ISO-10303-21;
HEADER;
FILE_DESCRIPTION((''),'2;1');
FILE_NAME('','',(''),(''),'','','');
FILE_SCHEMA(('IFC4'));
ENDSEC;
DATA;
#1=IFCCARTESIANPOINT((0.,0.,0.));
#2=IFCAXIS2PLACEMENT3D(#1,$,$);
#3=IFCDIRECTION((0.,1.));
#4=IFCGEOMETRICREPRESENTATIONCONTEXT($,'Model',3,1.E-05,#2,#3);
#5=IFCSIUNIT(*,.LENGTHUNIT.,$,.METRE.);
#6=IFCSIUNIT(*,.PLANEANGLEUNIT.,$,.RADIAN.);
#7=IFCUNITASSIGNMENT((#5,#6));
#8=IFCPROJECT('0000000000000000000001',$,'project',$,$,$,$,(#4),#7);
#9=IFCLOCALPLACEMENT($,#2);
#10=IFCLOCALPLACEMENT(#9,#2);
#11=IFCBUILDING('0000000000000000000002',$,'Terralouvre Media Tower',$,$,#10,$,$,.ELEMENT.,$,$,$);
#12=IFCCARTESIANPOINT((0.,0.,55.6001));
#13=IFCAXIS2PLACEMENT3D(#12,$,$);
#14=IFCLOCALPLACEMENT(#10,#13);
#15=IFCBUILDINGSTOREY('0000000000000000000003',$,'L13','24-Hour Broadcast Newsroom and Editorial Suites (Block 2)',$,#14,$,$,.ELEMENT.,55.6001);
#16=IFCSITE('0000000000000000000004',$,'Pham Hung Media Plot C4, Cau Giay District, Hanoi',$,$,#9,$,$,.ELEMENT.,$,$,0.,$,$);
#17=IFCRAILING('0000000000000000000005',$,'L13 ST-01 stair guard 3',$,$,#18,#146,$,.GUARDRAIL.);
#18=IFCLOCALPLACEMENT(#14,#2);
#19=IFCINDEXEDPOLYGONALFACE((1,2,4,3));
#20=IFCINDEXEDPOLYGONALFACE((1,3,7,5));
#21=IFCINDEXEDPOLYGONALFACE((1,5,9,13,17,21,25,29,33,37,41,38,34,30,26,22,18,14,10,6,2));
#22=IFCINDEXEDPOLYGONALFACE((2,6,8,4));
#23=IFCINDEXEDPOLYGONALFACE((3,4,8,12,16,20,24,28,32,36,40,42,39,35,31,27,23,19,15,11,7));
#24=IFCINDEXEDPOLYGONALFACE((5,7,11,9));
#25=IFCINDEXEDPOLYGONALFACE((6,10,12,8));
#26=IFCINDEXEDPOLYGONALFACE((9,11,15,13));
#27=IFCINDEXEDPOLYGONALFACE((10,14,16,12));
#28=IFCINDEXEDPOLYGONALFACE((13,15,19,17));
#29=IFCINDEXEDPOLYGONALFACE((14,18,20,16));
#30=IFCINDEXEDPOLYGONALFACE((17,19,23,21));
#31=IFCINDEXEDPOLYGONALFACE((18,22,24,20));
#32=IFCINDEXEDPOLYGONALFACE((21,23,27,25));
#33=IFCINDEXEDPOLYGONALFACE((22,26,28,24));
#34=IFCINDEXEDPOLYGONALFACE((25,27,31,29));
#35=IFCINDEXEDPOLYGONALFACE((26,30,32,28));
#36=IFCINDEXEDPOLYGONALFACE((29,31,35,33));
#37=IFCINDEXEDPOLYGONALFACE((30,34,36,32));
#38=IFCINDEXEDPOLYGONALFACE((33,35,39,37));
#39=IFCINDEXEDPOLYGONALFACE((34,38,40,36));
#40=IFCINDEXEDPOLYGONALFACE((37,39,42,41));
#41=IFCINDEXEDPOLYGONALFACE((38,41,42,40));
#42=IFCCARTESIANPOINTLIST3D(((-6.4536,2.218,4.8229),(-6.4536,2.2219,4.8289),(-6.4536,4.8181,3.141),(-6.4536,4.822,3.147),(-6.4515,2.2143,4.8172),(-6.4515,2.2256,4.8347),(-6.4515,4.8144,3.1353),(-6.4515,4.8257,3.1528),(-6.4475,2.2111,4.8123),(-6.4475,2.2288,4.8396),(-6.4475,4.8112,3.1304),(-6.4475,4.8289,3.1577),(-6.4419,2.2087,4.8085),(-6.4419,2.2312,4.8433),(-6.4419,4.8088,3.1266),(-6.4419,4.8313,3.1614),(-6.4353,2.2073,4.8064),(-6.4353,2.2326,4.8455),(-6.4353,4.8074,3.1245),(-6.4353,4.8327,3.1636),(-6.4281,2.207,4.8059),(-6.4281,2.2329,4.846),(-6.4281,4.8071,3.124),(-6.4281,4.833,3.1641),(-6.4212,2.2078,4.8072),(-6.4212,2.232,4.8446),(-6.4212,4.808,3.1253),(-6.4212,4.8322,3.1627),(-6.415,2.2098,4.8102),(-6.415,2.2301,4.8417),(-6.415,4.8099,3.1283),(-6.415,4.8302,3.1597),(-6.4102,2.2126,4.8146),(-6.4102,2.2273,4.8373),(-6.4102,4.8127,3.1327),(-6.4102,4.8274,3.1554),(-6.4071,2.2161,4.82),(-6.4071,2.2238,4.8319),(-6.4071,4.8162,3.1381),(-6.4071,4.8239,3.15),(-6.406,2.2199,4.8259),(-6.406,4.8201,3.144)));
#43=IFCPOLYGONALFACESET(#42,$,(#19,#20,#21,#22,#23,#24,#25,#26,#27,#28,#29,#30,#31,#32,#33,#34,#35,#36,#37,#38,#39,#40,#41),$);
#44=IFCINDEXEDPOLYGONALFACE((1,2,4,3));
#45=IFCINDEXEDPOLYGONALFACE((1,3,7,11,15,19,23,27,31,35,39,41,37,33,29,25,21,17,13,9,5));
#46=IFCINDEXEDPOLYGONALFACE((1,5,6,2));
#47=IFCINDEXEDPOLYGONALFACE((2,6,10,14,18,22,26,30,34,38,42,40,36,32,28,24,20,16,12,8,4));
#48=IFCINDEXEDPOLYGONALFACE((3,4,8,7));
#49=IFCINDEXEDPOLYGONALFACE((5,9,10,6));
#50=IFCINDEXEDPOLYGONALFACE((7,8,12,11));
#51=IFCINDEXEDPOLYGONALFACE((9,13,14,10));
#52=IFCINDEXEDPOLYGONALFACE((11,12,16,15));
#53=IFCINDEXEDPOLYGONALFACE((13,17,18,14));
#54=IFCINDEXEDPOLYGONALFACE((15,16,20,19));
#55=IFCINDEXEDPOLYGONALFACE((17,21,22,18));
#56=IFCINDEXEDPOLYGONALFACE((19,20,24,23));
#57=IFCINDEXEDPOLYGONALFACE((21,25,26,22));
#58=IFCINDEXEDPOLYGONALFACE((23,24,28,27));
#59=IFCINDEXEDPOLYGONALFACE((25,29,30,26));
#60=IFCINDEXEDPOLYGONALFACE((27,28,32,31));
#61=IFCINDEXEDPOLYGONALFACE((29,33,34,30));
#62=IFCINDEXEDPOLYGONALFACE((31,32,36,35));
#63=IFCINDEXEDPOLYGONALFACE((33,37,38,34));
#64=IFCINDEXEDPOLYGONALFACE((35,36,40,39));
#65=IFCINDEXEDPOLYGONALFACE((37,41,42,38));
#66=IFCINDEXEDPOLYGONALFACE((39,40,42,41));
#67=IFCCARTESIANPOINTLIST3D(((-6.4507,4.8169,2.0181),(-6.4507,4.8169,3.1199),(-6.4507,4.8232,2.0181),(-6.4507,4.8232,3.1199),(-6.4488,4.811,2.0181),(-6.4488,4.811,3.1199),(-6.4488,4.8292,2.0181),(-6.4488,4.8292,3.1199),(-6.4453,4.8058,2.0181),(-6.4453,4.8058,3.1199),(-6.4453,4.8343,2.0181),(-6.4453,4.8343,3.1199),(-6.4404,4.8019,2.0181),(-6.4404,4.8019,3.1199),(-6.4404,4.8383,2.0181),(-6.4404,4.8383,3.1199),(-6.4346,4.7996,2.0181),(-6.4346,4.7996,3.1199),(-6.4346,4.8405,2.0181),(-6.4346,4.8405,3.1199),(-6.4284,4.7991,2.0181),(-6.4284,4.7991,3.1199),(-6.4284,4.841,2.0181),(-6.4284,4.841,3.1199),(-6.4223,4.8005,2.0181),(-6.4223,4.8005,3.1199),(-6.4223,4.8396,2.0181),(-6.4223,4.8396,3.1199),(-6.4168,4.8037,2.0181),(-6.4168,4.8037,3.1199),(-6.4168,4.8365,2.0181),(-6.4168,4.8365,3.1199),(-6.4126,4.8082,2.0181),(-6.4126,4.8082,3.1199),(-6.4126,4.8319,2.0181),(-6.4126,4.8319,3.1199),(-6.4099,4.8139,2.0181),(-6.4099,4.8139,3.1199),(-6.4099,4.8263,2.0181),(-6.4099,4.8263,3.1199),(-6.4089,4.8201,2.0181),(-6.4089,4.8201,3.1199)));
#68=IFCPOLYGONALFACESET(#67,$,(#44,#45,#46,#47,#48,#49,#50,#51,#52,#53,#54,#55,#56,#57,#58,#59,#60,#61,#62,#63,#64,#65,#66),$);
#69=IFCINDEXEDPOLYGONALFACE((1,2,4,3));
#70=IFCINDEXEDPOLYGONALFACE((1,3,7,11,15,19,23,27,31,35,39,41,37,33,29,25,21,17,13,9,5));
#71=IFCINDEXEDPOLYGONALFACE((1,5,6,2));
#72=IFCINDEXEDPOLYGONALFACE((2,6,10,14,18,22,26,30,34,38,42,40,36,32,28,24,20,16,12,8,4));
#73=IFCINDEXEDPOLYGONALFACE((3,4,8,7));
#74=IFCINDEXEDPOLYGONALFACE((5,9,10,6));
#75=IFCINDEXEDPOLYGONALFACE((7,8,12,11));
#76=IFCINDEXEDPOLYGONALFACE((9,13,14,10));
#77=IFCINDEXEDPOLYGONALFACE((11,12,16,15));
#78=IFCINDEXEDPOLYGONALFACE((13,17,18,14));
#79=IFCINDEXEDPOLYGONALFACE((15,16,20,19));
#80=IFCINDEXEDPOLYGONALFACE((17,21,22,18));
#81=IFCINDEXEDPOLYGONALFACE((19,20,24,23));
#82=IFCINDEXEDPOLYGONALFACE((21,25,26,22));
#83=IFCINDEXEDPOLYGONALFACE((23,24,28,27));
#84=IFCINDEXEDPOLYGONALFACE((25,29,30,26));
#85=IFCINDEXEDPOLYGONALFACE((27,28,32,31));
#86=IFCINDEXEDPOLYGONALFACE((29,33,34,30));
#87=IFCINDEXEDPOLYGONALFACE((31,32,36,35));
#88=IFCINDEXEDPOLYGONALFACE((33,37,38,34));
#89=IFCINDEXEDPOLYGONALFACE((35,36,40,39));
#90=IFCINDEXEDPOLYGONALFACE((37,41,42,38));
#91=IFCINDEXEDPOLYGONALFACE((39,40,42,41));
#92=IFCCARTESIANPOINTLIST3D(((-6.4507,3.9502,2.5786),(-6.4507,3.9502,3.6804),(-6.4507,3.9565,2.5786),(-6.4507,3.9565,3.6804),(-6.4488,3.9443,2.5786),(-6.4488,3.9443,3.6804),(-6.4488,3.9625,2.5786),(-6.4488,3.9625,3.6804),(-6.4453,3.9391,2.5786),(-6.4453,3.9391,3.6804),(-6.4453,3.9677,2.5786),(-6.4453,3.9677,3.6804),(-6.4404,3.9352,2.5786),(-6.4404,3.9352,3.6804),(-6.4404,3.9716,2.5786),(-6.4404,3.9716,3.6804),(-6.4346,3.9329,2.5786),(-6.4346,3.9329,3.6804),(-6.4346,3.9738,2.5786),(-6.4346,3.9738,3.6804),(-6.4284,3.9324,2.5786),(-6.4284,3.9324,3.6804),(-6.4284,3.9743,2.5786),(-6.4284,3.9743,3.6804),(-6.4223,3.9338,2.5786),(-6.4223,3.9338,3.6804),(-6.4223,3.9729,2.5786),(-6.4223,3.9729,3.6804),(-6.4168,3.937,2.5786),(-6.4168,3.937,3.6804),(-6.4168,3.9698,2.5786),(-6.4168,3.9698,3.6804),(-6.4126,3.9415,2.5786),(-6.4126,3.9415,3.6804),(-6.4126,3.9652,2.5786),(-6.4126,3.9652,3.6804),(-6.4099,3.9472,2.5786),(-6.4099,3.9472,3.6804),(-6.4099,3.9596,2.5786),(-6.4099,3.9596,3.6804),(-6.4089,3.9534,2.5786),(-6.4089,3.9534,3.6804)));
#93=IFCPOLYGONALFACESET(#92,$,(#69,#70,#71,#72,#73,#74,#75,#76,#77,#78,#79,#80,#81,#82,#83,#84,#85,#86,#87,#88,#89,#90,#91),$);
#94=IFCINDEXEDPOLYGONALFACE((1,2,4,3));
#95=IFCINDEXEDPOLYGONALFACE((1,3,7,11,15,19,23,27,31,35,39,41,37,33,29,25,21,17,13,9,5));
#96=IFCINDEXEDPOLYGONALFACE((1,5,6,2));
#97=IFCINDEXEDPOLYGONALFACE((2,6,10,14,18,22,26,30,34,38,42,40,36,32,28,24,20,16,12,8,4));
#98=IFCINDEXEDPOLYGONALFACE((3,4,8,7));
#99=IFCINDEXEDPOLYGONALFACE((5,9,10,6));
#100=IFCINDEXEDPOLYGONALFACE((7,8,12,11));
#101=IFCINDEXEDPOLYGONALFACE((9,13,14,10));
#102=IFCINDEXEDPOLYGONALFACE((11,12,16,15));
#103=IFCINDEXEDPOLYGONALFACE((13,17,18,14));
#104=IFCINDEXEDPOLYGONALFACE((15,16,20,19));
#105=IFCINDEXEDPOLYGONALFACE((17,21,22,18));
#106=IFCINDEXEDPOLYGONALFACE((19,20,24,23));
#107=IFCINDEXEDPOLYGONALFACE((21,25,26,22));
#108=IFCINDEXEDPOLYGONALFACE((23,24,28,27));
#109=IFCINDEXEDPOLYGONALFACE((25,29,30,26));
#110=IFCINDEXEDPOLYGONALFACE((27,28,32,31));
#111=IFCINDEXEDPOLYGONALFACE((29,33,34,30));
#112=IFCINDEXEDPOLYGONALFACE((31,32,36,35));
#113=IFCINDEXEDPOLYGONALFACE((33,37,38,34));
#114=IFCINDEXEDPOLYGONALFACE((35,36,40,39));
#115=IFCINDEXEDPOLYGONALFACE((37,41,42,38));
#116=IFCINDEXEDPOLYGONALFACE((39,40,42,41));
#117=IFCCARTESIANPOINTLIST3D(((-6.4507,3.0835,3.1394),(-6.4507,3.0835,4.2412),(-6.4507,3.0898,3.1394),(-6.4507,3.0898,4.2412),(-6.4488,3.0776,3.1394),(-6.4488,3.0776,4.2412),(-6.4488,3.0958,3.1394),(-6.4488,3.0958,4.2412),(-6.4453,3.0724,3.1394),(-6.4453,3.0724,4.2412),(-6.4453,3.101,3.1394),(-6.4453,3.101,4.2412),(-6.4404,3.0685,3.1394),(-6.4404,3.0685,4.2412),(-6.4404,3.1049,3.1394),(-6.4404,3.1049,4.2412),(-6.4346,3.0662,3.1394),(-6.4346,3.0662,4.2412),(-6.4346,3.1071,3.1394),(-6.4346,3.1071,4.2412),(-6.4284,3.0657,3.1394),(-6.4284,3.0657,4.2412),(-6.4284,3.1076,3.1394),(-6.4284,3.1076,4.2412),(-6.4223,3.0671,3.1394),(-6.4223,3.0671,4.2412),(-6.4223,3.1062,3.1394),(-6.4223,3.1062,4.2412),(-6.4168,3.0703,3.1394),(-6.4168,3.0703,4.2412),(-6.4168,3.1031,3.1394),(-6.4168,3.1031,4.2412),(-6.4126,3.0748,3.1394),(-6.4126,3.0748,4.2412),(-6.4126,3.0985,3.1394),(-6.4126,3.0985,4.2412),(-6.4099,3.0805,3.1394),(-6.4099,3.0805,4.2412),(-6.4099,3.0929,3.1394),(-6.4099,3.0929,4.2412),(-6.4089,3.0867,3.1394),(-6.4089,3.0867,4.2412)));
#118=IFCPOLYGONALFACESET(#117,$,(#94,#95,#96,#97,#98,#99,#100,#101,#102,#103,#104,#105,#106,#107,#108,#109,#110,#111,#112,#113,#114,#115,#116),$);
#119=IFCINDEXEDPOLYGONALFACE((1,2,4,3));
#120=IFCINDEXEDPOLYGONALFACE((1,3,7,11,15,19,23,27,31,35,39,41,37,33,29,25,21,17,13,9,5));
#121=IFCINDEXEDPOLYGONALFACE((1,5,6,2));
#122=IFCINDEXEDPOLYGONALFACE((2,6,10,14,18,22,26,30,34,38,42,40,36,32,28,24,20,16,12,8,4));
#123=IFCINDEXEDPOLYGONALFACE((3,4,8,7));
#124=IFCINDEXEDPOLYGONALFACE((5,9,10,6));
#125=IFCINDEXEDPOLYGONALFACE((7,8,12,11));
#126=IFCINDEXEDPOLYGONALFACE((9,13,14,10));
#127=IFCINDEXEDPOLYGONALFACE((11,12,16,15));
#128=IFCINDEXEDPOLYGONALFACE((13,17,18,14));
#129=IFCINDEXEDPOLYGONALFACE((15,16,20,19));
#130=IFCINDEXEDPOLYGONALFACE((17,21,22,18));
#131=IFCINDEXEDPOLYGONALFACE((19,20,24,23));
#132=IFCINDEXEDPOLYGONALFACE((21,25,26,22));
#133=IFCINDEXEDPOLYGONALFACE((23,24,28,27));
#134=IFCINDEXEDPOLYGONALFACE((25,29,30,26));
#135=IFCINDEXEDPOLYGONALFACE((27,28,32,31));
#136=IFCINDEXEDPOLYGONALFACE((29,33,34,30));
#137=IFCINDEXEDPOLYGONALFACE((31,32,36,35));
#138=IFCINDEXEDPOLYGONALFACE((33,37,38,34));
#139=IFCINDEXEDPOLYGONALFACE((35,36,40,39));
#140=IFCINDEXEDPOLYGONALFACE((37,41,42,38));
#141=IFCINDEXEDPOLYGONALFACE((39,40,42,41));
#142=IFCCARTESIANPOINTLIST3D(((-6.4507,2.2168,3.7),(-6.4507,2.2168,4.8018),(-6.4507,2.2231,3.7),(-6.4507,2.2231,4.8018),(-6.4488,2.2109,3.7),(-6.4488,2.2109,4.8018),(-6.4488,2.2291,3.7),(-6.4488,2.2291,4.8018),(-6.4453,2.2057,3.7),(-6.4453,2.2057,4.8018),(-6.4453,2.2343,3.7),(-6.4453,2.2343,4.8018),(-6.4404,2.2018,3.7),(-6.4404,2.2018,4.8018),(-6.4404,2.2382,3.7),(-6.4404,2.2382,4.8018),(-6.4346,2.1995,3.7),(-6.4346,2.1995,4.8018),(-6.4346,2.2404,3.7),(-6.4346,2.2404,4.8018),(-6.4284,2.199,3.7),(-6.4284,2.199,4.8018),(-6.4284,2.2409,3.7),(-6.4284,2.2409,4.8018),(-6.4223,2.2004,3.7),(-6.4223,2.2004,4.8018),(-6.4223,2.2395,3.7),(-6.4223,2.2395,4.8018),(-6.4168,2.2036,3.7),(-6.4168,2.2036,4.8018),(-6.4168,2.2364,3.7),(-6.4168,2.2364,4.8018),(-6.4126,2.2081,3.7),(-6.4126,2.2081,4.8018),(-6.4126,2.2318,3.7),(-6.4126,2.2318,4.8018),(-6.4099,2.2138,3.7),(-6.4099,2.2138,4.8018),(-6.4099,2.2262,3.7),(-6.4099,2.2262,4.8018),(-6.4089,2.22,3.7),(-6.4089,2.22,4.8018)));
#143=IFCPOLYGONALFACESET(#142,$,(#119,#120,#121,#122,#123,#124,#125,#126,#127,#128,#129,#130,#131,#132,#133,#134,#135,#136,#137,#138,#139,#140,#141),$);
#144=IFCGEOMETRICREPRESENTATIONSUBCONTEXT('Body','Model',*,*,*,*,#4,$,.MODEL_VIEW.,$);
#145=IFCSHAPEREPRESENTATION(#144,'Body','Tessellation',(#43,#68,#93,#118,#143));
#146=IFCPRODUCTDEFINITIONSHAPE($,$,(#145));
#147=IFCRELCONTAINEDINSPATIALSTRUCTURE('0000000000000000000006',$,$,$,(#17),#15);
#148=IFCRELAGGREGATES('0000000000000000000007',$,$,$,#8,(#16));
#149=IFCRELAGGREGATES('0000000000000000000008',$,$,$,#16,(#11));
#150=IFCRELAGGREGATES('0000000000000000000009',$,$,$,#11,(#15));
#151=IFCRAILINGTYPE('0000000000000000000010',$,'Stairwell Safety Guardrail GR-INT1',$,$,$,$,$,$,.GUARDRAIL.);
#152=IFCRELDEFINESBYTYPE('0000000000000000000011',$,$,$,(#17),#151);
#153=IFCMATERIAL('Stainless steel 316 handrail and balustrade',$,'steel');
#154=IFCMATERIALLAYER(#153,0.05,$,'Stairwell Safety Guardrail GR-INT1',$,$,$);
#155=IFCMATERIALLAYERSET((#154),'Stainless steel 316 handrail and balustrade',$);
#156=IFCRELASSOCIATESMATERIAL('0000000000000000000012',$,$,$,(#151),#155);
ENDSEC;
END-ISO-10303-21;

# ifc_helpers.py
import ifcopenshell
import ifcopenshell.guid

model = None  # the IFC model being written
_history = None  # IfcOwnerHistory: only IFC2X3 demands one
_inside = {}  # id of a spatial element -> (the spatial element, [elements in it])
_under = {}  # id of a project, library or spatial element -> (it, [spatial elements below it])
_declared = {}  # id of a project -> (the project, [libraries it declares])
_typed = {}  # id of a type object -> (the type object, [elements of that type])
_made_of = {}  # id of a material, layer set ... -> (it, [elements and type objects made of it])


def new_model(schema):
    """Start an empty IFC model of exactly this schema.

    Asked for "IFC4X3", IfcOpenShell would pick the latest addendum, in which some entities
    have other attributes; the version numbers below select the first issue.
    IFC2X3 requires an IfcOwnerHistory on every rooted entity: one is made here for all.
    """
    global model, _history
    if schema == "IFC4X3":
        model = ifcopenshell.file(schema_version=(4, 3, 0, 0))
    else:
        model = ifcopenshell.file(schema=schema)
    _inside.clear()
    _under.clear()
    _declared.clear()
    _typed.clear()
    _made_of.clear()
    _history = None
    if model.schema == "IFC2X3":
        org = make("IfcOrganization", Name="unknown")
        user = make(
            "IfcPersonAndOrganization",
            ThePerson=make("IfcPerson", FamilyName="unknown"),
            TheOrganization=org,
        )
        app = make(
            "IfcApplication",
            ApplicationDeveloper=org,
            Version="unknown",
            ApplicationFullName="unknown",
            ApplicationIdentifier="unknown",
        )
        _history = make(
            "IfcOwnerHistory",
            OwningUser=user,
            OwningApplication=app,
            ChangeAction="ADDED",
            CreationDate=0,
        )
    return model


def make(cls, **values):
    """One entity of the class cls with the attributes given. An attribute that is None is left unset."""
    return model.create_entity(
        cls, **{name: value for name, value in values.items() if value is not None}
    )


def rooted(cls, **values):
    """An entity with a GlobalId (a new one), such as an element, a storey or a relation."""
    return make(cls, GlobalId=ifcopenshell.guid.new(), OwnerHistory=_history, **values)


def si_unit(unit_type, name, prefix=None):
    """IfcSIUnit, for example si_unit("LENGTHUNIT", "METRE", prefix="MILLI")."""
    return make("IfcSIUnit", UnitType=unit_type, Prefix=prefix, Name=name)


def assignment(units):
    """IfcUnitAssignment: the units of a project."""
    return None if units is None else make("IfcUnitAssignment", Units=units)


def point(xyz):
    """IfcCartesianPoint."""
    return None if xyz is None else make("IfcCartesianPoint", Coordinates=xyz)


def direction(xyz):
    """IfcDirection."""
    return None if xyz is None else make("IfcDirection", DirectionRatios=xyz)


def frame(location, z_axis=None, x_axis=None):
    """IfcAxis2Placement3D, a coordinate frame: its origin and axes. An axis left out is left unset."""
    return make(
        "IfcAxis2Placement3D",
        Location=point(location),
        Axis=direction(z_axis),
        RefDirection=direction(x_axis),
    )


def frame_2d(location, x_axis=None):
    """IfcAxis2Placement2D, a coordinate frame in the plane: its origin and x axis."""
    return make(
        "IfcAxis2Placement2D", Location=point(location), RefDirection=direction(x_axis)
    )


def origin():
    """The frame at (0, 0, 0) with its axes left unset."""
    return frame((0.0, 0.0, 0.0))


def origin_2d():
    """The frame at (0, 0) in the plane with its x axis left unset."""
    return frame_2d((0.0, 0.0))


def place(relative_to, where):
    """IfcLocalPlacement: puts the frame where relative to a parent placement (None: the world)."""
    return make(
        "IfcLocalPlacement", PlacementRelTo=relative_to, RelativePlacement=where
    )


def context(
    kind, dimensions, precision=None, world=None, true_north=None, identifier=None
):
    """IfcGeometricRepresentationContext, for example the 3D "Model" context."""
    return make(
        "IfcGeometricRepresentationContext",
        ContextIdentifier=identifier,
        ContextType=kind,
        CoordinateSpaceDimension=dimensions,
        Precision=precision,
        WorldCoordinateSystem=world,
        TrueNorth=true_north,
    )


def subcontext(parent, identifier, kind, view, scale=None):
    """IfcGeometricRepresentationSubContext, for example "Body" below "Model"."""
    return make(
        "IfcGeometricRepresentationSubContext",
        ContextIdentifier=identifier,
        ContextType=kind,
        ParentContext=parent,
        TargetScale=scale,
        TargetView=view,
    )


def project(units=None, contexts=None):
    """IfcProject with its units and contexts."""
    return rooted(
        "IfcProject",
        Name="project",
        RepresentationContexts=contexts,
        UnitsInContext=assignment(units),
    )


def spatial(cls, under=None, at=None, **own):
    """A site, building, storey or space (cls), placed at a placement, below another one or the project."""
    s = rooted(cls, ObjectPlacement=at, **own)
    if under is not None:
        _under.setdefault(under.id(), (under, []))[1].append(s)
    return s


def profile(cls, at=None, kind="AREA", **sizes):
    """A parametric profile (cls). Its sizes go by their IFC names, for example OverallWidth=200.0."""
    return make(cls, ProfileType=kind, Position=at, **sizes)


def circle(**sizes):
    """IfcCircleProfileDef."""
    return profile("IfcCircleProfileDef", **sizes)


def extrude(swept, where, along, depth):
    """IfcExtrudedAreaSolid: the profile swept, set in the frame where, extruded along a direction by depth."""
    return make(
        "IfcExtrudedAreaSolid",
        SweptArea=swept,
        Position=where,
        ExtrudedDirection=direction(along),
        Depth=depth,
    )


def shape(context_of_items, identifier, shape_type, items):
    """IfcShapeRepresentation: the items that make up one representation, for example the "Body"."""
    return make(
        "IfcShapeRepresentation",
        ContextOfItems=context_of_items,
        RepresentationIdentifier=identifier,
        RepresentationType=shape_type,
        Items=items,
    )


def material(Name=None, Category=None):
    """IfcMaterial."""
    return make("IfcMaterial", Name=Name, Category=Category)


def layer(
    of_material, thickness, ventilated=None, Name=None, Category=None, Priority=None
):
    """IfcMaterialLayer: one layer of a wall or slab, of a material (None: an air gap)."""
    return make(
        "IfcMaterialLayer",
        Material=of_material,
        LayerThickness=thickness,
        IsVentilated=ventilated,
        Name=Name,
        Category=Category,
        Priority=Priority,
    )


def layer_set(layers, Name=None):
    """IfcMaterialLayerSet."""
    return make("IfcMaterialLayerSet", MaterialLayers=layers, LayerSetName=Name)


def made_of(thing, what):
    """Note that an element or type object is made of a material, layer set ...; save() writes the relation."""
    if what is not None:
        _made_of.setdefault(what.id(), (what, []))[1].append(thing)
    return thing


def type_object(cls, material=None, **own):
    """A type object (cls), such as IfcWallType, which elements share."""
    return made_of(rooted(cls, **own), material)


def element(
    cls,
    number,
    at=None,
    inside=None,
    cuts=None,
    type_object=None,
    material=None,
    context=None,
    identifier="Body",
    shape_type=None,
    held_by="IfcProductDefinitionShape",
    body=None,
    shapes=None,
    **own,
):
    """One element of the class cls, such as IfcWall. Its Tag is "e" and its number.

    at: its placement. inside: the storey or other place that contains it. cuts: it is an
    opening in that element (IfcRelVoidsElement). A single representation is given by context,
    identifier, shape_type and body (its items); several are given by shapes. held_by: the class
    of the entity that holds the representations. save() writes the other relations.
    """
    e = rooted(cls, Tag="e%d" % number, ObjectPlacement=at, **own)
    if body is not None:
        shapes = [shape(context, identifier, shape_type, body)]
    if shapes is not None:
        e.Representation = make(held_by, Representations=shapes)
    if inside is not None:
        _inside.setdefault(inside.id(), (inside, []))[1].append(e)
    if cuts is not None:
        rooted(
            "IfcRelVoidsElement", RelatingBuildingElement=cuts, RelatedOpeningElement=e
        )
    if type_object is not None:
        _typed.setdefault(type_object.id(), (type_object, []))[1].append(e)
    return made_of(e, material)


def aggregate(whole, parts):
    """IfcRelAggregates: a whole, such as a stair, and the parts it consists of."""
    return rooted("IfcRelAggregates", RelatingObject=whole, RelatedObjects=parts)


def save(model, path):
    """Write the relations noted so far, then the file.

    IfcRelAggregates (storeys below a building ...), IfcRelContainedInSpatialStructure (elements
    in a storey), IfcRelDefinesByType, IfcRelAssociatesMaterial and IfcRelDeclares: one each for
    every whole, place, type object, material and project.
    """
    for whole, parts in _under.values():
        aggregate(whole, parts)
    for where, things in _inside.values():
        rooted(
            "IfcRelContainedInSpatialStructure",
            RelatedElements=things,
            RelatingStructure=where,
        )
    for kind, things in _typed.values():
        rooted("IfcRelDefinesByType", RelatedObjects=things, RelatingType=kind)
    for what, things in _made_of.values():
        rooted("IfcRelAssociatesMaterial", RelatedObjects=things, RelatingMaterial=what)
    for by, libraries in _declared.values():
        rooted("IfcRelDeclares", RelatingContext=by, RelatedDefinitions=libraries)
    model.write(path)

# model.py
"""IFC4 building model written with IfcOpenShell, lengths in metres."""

from ifc_helpers import new_model, si_unit, direction, frame, origin, origin_2d, place, context, subcontext, project, spatial, circle, extrude, material, layer, layer_set, type_object, element, save


model = new_model("IFC4")

# Units and contexts
model_context = context("Model", 3, precision=1e-05, world=origin(), true_north=direction((0.0, 1.0)))
body_context = subcontext(model_context, "Body", "Model", "MODEL_VIEW")
ifc_project = project(units=[si_unit("LENGTHUNIT", "METRE"), si_unit("PLANEANGLEUNIT", "RADIAN")], contexts=[model_context])

# Site, building, storey
site_placement = place(None, origin())
site = spatial("IfcSite", under=ifc_project, at=site_placement, Name="Pham Hung Media Plot C4, Cau Giay District, Hanoi", CompositionType="ELEMENT", RefElevation=0.0)
building_placement = place(site_placement, origin())
building = spatial("IfcBuilding", under=site, at=building_placement, Name="Terralouvre Media Tower", CompositionType="ELEMENT")
storey_placement = place(building_placement, frame((0.0, 0.0, 55.6001)))
storey = spatial("IfcBuildingStorey", under=building, at=storey_placement, Name="L13", Description="24-Hour Broadcast Newsroom and Editorial Suites (Block 2)", CompositionType="ELEMENT", Elevation=55.6001)

# Railing
ifc_material_1 = material(Name="Stainless steel 316 handrail and balustrade", Category="steel")
ifc_layer_1 = layer(ifc_material_1, 0.05, Name="Stairwell Safety Guardrail GR-INT1")
ifc_layer_set_1 = layer_set([ifc_layer_1], Name="Stainless steel 316 handrail and balustrade")
railing_type_1 = type_object("IfcRailingType", Name="Stairwell Safety Guardrail GR-INT1", PredefinedType="GUARDRAIL", material=ifc_layer_set_1)
railing_1_placement = place(storey_placement, frame((-6.4299, 4.8201, 2.0181)))
element("IfcRailing", 1, at=railing_1_placement, inside=storey, type_object=railing_type_1, Name="L13 ST-01 stair guard 3", PredefinedType="GUARDRAIL", context=body_context, shape_type="SweptSolid", body=[
    extrude(circle(Radius=0.0239, at=origin_2d()), frame((0.0, 0.0, 1.126), z_axis=(0.0, -0.839648, 0.54313), x_axis=(1.0, 0.0, 0.0)), (0.0, 0.0, 1.0), 3.0967),
    extrude(circle(Radius=0.021, at=origin_2d()), origin(), (0.0, 0.0, 1.0), 1.1018),
    extrude(circle(Radius=0.021, at=origin_2d()), frame((0.0, -0.8667, 0.5605)), (0.0, 0.0, 1.0), 1.1018),
    extrude(circle(Radius=0.021, at=origin_2d()), frame((0.0, -1.7334, 1.1213)), (0.0, 0.0, 1.0), 1.1018),
    extrude(circle(Radius=0.021, at=origin_2d()), frame((0.0, -2.6001, 1.6819)), (0.0, 0.0, 1.0), 1.1018),
])

save(model, "model.ifc")
